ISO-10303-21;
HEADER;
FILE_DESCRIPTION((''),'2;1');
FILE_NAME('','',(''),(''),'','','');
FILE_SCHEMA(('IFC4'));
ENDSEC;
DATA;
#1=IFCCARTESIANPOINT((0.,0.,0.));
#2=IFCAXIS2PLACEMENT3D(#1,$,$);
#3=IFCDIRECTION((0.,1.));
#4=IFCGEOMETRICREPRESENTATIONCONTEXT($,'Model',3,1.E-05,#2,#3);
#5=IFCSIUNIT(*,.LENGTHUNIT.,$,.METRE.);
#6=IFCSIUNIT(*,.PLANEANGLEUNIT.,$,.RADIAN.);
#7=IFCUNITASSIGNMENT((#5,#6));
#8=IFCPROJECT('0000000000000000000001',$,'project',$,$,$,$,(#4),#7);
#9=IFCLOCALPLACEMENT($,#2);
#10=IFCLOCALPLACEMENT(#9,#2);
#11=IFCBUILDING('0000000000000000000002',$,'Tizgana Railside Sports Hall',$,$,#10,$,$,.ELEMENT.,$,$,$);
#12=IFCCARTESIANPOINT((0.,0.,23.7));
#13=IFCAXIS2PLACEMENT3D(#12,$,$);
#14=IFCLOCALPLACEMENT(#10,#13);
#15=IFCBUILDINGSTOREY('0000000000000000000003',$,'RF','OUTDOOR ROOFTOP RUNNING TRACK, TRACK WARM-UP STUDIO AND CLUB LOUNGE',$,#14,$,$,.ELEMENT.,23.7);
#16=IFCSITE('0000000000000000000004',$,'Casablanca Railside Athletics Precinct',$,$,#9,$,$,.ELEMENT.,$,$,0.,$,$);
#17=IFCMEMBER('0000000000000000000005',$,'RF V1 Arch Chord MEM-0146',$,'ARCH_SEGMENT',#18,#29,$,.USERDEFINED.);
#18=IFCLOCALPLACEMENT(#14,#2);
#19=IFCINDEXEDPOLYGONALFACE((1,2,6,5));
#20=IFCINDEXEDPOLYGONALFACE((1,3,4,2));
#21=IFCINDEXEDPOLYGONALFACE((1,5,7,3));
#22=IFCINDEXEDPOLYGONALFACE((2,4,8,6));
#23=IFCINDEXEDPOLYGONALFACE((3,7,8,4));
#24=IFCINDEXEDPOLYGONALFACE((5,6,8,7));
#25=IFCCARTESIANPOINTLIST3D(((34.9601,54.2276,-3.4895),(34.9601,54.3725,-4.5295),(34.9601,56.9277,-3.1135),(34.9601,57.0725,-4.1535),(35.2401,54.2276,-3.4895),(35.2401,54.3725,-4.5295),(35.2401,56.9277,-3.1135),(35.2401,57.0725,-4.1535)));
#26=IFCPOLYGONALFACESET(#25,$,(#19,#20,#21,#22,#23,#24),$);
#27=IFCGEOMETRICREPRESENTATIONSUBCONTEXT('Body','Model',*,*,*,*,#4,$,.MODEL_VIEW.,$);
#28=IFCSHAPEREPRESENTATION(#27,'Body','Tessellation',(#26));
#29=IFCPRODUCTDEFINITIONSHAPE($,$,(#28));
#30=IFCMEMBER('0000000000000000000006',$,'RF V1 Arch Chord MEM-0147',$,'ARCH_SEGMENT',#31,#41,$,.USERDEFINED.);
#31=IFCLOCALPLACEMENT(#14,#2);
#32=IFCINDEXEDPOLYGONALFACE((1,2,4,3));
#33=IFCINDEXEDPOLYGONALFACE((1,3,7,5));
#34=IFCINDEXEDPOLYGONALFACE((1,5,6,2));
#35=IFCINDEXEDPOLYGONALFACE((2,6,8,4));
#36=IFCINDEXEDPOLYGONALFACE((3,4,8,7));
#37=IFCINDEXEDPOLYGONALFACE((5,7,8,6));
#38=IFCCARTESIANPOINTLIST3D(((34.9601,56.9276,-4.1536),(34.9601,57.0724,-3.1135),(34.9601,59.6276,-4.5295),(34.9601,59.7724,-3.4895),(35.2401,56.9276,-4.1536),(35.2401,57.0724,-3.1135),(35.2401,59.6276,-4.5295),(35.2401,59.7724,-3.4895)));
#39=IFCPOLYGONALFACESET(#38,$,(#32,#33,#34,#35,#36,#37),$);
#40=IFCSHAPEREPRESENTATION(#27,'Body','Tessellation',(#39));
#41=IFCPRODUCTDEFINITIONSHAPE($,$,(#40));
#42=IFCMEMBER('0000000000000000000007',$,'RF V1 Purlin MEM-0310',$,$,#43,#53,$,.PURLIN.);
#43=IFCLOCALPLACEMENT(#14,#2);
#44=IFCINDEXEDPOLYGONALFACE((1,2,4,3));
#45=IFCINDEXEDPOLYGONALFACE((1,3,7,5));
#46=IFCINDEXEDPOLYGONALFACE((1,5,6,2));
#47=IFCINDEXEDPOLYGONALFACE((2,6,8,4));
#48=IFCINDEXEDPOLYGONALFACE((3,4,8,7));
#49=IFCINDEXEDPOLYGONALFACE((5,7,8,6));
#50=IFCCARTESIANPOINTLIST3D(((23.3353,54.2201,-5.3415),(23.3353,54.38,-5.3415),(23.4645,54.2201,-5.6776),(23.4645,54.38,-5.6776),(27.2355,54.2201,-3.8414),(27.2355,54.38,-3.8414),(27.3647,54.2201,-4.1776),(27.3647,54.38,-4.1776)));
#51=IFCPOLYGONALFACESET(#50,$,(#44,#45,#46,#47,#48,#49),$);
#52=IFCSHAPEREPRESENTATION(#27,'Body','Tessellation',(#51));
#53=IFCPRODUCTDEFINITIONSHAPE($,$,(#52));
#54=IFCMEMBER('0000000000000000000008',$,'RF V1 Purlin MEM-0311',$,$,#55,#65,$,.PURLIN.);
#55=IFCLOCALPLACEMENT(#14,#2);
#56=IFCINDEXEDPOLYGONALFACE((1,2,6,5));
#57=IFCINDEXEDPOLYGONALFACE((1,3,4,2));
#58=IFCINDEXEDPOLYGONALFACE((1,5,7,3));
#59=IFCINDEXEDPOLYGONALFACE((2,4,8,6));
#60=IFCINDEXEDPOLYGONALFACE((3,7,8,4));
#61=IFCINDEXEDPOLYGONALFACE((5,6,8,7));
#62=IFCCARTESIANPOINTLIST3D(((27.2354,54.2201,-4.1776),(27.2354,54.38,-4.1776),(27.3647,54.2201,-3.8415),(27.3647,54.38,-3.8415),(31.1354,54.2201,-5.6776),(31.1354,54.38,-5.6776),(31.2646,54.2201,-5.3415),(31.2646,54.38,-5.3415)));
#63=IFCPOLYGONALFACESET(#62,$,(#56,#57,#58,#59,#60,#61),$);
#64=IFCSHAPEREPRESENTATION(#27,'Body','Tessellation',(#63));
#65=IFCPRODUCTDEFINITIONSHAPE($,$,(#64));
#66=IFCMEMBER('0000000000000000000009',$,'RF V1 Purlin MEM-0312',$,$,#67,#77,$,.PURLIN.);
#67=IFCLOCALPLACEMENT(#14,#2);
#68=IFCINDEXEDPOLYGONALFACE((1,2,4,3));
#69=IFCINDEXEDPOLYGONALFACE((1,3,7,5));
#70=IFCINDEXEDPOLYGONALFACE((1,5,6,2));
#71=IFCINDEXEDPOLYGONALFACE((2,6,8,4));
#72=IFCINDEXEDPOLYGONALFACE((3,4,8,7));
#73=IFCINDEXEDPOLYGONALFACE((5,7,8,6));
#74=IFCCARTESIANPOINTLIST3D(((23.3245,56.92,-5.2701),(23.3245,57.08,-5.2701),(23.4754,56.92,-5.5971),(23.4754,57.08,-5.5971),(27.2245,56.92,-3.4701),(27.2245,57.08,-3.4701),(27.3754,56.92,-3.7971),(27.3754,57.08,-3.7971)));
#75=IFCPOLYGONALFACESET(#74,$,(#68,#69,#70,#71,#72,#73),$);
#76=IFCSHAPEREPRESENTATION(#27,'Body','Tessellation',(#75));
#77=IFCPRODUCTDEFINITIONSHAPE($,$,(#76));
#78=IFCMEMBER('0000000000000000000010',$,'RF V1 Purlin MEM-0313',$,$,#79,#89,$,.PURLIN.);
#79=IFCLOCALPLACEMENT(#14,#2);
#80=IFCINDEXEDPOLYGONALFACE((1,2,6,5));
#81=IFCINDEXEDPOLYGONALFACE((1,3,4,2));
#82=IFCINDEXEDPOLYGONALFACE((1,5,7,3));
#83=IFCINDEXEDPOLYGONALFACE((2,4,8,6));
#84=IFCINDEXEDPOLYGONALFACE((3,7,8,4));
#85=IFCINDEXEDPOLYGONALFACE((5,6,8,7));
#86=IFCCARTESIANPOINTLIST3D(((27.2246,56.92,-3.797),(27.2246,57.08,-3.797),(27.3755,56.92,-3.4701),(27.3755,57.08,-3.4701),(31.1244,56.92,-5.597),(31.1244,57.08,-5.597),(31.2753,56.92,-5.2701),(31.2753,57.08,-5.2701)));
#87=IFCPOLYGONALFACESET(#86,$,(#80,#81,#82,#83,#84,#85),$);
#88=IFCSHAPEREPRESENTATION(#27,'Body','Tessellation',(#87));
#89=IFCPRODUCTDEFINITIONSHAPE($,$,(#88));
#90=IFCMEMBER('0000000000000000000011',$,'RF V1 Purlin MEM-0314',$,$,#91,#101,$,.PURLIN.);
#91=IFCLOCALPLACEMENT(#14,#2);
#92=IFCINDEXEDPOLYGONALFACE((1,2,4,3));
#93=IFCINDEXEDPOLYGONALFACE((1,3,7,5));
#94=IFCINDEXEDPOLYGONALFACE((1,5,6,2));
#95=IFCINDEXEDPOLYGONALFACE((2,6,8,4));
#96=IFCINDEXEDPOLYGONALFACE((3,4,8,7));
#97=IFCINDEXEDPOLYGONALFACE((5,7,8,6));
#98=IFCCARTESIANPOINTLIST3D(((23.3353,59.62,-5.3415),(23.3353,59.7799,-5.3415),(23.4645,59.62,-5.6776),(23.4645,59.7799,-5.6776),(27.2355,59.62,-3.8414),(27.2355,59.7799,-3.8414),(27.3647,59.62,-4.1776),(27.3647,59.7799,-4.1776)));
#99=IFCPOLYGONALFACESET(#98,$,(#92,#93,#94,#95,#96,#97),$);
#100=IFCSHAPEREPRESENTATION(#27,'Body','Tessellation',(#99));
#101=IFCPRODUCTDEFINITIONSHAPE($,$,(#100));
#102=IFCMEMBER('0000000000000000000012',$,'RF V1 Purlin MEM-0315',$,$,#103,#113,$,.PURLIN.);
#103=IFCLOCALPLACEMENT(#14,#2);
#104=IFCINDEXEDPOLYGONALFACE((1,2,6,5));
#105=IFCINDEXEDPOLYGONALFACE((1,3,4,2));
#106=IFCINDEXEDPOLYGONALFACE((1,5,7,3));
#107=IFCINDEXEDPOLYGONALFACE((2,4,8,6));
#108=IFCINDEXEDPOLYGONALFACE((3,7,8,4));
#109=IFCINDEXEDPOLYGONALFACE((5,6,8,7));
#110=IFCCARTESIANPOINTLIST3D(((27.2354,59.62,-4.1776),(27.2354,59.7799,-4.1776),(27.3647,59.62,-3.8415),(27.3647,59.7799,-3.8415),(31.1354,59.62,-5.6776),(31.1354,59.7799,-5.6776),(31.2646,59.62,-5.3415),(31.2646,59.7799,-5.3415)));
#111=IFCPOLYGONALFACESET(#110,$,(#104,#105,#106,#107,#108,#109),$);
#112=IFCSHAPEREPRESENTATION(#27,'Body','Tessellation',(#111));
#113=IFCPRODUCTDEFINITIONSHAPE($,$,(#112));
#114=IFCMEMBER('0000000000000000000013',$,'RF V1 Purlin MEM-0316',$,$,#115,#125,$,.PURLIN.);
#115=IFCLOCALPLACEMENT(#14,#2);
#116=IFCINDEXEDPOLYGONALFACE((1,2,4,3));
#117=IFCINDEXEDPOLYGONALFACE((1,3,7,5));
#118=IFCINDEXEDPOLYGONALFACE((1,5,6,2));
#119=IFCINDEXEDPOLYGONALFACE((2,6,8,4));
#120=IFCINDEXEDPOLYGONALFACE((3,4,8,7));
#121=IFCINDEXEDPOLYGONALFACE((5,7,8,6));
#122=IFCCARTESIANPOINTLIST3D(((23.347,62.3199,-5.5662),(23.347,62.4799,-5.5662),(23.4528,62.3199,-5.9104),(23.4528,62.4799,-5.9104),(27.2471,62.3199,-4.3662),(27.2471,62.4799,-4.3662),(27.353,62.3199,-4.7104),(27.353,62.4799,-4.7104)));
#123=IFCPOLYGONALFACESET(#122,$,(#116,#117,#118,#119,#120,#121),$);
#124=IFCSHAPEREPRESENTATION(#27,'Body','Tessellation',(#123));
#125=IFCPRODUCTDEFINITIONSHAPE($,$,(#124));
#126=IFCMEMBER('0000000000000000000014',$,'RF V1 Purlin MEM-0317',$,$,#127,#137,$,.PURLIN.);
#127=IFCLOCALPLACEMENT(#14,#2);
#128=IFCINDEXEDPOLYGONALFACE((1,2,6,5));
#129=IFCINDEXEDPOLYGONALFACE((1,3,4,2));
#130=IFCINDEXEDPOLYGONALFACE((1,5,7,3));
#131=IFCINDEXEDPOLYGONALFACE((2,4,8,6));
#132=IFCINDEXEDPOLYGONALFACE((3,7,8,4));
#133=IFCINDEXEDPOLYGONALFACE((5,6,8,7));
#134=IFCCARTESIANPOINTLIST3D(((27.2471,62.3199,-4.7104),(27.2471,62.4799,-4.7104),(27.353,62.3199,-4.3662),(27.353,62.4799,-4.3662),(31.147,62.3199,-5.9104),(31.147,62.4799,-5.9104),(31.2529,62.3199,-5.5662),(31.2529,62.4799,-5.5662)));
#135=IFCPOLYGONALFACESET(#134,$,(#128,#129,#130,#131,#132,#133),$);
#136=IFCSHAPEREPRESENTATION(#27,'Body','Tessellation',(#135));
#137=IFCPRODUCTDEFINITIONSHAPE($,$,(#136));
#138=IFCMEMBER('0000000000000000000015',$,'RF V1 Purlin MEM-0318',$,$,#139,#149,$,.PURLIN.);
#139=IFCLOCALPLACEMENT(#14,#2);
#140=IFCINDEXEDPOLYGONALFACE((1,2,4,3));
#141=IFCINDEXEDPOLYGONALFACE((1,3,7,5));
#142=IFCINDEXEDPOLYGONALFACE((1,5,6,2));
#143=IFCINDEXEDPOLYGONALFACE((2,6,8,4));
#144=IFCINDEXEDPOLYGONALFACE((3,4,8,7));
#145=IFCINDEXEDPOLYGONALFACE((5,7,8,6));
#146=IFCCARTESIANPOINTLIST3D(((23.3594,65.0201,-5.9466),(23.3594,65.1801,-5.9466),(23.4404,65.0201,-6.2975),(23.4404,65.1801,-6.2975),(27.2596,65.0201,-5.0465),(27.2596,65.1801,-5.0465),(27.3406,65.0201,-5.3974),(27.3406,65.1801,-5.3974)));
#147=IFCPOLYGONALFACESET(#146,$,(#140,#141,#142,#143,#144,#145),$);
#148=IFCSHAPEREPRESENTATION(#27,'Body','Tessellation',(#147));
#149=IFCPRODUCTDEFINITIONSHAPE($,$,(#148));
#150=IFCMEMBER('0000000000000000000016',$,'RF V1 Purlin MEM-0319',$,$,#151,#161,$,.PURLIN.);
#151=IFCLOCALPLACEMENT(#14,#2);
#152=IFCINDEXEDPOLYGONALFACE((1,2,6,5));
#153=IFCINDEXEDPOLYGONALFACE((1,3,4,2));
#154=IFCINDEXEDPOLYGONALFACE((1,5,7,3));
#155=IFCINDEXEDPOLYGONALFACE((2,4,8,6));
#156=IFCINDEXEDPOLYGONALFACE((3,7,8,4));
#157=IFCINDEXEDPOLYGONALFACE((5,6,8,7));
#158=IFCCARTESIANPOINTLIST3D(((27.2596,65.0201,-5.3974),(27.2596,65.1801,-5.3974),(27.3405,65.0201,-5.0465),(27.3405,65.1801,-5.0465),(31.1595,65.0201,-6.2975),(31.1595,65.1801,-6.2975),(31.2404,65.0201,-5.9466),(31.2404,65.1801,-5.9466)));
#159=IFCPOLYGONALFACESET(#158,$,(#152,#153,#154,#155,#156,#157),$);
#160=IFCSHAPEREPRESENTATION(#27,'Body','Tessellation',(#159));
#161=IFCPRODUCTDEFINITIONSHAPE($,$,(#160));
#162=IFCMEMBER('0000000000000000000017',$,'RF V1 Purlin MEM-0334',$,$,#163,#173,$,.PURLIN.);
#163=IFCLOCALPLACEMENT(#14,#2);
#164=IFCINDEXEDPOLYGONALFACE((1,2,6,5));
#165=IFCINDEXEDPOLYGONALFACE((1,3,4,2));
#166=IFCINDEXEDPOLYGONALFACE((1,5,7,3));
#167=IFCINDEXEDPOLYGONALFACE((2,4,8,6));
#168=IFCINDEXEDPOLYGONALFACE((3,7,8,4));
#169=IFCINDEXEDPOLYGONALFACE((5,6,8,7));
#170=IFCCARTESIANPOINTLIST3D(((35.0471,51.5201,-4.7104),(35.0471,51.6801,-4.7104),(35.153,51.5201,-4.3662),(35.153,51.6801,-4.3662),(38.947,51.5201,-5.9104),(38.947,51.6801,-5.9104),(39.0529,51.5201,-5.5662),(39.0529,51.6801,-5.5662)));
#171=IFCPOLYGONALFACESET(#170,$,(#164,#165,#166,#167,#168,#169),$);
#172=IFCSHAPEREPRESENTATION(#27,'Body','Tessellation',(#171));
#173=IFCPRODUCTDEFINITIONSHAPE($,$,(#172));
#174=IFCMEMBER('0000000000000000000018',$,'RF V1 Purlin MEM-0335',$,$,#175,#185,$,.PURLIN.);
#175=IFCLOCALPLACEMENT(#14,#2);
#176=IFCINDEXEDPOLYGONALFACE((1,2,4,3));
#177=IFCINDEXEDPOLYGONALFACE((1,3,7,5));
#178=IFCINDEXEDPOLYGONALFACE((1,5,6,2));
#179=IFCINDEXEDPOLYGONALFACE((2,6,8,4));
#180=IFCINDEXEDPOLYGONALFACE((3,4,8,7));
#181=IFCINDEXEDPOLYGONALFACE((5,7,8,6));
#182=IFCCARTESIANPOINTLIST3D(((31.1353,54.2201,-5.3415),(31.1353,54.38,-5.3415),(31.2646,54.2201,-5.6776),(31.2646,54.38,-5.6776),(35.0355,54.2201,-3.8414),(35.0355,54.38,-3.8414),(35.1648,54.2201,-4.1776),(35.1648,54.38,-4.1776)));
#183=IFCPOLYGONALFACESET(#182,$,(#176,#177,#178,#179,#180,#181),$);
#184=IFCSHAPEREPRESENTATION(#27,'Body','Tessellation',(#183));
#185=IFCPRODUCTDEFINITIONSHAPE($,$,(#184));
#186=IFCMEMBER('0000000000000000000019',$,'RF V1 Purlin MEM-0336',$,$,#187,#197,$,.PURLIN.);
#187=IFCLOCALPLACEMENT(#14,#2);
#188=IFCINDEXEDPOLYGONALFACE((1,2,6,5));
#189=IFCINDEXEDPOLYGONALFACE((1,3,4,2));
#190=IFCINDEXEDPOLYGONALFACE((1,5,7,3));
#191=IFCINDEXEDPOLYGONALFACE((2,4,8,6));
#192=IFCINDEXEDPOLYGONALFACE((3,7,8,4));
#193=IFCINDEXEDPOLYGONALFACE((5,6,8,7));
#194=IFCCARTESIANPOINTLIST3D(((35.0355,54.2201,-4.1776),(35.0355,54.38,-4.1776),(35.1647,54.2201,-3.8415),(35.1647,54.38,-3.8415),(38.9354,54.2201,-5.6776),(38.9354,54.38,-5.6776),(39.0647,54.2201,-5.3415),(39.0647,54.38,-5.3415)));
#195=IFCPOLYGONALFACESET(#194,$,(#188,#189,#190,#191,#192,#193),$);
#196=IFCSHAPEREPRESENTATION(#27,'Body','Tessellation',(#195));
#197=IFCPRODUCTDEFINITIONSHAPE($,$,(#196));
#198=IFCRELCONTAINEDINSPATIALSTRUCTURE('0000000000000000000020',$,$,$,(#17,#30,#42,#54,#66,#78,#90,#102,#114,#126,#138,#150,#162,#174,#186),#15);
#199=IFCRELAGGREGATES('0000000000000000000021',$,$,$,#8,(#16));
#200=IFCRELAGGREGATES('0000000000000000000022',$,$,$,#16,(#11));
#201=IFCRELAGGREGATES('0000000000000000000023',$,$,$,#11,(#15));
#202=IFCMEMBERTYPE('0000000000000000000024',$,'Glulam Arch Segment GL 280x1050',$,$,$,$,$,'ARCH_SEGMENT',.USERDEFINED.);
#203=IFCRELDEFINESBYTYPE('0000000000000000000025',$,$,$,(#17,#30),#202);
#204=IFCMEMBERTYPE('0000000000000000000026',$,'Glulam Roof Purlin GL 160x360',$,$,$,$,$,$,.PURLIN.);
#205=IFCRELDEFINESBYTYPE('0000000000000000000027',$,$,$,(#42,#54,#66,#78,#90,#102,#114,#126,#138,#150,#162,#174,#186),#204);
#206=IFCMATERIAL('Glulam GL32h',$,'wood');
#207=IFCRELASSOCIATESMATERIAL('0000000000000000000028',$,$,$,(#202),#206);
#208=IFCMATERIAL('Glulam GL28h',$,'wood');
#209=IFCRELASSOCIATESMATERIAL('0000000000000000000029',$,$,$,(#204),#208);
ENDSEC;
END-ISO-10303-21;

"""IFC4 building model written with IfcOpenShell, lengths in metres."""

from ifc_helpers import new_model, si_unit, direction, frame, origin, origin_2d, place, context, subcontext, project, spatial, rectangle, extrude, material, material_profile, profile_set, type_object, element, save


model = new_model("IFC4")

# Units and contexts
model_context = context("Model", 3, precision=1e-05, world=origin(), true_north=direction((0.0, 1.0)))
body_context = subcontext(model_context, "Body", "Model", "MODEL_VIEW")
ifc_project = project(units=[si_unit("LENGTHUNIT", "METRE"), si_unit("PLANEANGLEUNIT", "RADIAN")], contexts=[model_context])

# Site, building, storey
site_placement = place(None, origin())
site = spatial("IfcSite", under=ifc_project, at=site_placement, Name="Casablanca Railside Athletics Precinct", CompositionType="ELEMENT", RefElevation=0.0)
building_placement = place(site_placement, origin())
building = spatial("IfcBuilding", under=site, at=building_placement, Name="Tizgana Railside Sports Hall", CompositionType="ELEMENT")
storey_placement = place(building_placement, frame((0.0, 0.0, 23.7)))
storey = spatial("IfcBuildingStorey", under=building, at=storey_placement, Name="RF", Description="OUTDOOR ROOFTOP RUNNING TRACK, TRACK WARM-UP STUDIO AND CLUB LOUNGE", CompositionType="ELEMENT", Elevation=23.7)

# Members
ifc_material_1 = material(Name="Glulam GL32h", Category="wood")
ifc_material_profile_1 = material_profile(ifc_material_1, rectangle(XDim=0.28, YDim=1.05, at=origin_2d()), Name="GL 280x1050")
ifc_profile_set_1 = profile_set([ifc_material_profile_1], Name="Glulam GL32h")
member_type_1 = type_object("IfcMemberType", Name="Glulam Arch Segment GL 280x1050", ElementType="ARCH_SEGMENT", PredefinedType="USERDEFINED", material=ifc_profile_set_1)
for number, where, z_axis, x_axis, name in (
    (1, (35.1001, 54.3, -4.0095), (0.0, 0.990443, 0.137922), (-1.0, 0.0, 0.0), "RF V1 Arch Chord MEM-0146"),
    (2, (35.1001, 57.0, -3.6335), (0.0, 0.990443, -0.137922), (-1.0, 0.0, 0.0), "RF V1 Arch Chord MEM-0147"),
):
    element("IfcMember", number, at=place(storey_placement, frame(where, z_axis=z_axis, x_axis=x_axis)), inside=storey, type_object=member_type_1, Name=name, ObjectType="ARCH_SEGMENT", PredefinedType="USERDEFINED", context=body_context, shape_type="SweptSolid", body=[
        extrude(rectangle(XDim=0.28, YDim=1.05, at=origin_2d()), origin(), (0.0, 0.0, 1.0), 2.7261),
    ])
ifc_material_2 = material(Name="Glulam GL28h", Category="wood")
ifc_material_profile_2 = material_profile(ifc_material_2, rectangle(XDim=0.1599, YDim=0.3601, at=origin_2d()), Name="GL 160x360")
ifc_profile_set_2 = profile_set([ifc_material_profile_2], Name="Glulam GL28h")
member_type_2 = type_object("IfcMemberType", Name="Glulam Roof Purlin GL 160x360", PredefinedType="PURLIN", material=ifc_profile_set_2)
member_1_placement = place(storey_placement, frame((23.3999, 54.3, -5.5095), z_axis=(0.93335, 0.0, 0.358967), x_axis=(0.0, 1.0, 0.0)))
element("IfcMember", 3, at=member_1_placement, inside=storey, type_object=member_type_2, Name="RF V1 Purlin MEM-0310", PredefinedType="PURLIN", context=body_context, shape_type="SweptSolid", body=[
    extrude(rectangle(XDim=0.1599, YDim=0.3601, at=origin_2d()), origin(), (0.0, 0.0, 1.0), 4.1787),
])
member_2_placement = place(storey_placement, frame((27.3, 54.3, -4.0095), z_axis=(0.933343, 0.0, -0.358987), x_axis=(0.0, 1.0, 0.0)))
element("IfcMember", 4, at=member_2_placement, inside=storey, type_object=member_type_2, Name="RF V1 Purlin MEM-0311", PredefinedType="PURLIN", context=body_context, shape_type="SweptSolid", body=[
    extrude(rectangle(XDim=0.1599, YDim=0.3601, at=origin_2d()), origin(), (0.0, 0.0, 1.0), 4.1785),
])
member_3_placement = place(storey_placement, frame((23.3999, 57.0, -5.4336), z_axis=(0.907961, 0.0, 0.419055), x_axis=(0.0, 1.0, 0.0)))
element("IfcMember", 5, at=member_3_placement, inside=storey, type_object=member_type_2, Name="RF V1 Purlin MEM-0312", PredefinedType="PURLIN", context=body_context, shape_type="SweptSolid", body=[
    extrude(rectangle(XDim=0.1599, YDim=0.3601, at=origin_2d()), origin(), (0.0, 0.0, 1.0), 4.2954),
])
member_4_placement = place(storey_placement, frame((27.3, 57.0, -3.6335), z_axis=(0.907951, 0.0, -0.419076), x_axis=(0.0, 1.0, 0.0)))
element("IfcMember", 6, at=member_4_placement, inside=storey, type_object=member_type_2, Name="RF V1 Purlin MEM-0313", PredefinedType="PURLIN", context=body_context, shape_type="SweptSolid", body=[
    extrude(rectangle(XDim=0.1599, YDim=0.3601, at=origin_2d()), origin(), (0.0, 0.0, 1.0), 4.2952),
])
member_5_placement = place(storey_placement, frame((23.3999, 59.7, -5.5095), z_axis=(0.93335, 0.0, 0.358967), x_axis=(0.0, 1.0, 0.0)))
element("IfcMember", 7, at=member_5_placement, inside=storey, type_object=member_type_2, Name="RF V1 Purlin MEM-0314", PredefinedType="PURLIN", context=body_context, shape_type="SweptSolid", body=[
    extrude(rectangle(XDim=0.1599, YDim=0.3601, at=origin_2d()), origin(), (0.0, 0.0, 1.0), 4.1787),
])
member_6_placement = place(storey_placement, frame((27.3, 59.7, -4.0095), z_axis=(0.933343, 0.0, -0.358987), x_axis=(0.0, 1.0, 0.0)))
element("IfcMember", 8, at=member_6_placement, inside=storey, type_object=member_type_2, Name="RF V1 Purlin MEM-0315", PredefinedType="PURLIN", context=body_context, shape_type="SweptSolid", body=[
    extrude(rectangle(XDim=0.1599, YDim=0.3601, at=origin_2d()), origin(), (0.0, 0.0, 1.0), 4.1785),
])
member_7_placement = place(storey_placement, frame((23.3999, 62.3999, -5.7383), z_axis=(0.955785, 0.0, 0.294065), x_axis=(0.0, 1.0, 0.0)))
element("IfcMember", 9, at=member_7_placement, inside=storey, type_object=member_type_2, Name="RF V1 Purlin MEM-0316", PredefinedType="PURLIN", context=body_context, shape_type="SweptSolid", body=[
    extrude(rectangle(XDim=0.1599, YDim=0.3601, at=origin_2d()), origin(), (0.0, 0.0, 1.0), 4.0806),
])
member_8_placement = place(storey_placement, frame((27.3, 62.3999, -4.5383), z_axis=(0.95578, 0.0, -0.294082), x_axis=(0.0, 1.0, 0.0)))
element("IfcMember", 10, at=member_8_placement, inside=storey, type_object=member_type_2, Name="RF V1 Purlin MEM-0317", PredefinedType="PURLIN", context=body_context, shape_type="SweptSolid", body=[
    extrude(rectangle(XDim=0.1599, YDim=0.3601, at=origin_2d()), origin(), (0.0, 0.0, 1.0), 4.0803),
])
member_9_placement = place(storey_placement, frame((23.3999, 65.1001, -6.1221), z_axis=(0.974385, 0.0, 0.224886), x_axis=(0.0, 1.0, 0.0)))
element("IfcMember", 11, at=member_9_placement, inside=storey, type_object=member_type_2, Name="RF V1 Purlin MEM-0318", PredefinedType="PURLIN", context=body_context, shape_type="SweptSolid", body=[
    extrude(rectangle(XDim=0.1599, YDim=0.3601, at=origin_2d()), origin(), (0.0, 0.0, 1.0), 4.0027),
])
member_10_placement = place(storey_placement, frame((27.3, 65.1001, -5.2219), z_axis=(0.974382, 0.0, -0.2249), x_axis=(0.0, 1.0, 0.0)))
element("IfcMember", 12, at=member_10_placement, inside=storey, type_object=member_type_2, Name="RF V1 Purlin MEM-0319", PredefinedType="PURLIN", context=body_context, shape_type="SweptSolid", body=[
    extrude(rectangle(XDim=0.1599, YDim=0.3601, at=origin_2d()), origin(), (0.0, 0.0, 1.0), 4.0024),
])
member_11_placement = place(storey_placement, frame((35.1001, 51.6001, -4.5383), z_axis=(0.95578, 0.0, -0.294082), x_axis=(0.0, 1.0, 0.0)))
element("IfcMember", 13, at=member_11_placement, inside=storey, type_object=member_type_2, Name="RF V1 Purlin MEM-0334", PredefinedType="PURLIN", context=body_context, shape_type="SweptSolid", body=[
    extrude(rectangle(XDim=0.1599, YDim=0.3601, at=origin_2d()), origin(), (0.0, 0.0, 1.0), 4.0803),
])
member_12_placement = place(storey_placement, frame((31.2, 54.3, -5.5095), z_axis=(0.93335, 0.0, 0.358967), x_axis=(0.0, 1.0, 0.0)))
element("IfcMember", 14, at=member_12_placement, inside=storey, type_object=member_type_2, Name="RF V1 Purlin MEM-0335", PredefinedType="PURLIN", context=body_context, shape_type="SweptSolid", body=[
    extrude(rectangle(XDim=0.1599, YDim=0.3601, at=origin_2d()), origin(), (0.0, 0.0, 1.0), 4.1787),
])
member_13_placement = place(storey_placement, frame((35.1001, 54.3, -4.0095), z_axis=(0.933343, 0.0, -0.358987), x_axis=(0.0, 1.0, 0.0)))
element("IfcMember", 15, at=member_13_placement, inside=storey, type_object=member_type_2, Name="RF V1 Purlin MEM-0336", PredefinedType="PURLIN", context=body_context, shape_type="SweptSolid", body=[
    extrude(rectangle(XDim=0.1599, YDim=0.3601, at=origin_2d()), origin(), (0.0, 0.0, 1.0), 4.1785),
])

save(model, "model.ifc")
